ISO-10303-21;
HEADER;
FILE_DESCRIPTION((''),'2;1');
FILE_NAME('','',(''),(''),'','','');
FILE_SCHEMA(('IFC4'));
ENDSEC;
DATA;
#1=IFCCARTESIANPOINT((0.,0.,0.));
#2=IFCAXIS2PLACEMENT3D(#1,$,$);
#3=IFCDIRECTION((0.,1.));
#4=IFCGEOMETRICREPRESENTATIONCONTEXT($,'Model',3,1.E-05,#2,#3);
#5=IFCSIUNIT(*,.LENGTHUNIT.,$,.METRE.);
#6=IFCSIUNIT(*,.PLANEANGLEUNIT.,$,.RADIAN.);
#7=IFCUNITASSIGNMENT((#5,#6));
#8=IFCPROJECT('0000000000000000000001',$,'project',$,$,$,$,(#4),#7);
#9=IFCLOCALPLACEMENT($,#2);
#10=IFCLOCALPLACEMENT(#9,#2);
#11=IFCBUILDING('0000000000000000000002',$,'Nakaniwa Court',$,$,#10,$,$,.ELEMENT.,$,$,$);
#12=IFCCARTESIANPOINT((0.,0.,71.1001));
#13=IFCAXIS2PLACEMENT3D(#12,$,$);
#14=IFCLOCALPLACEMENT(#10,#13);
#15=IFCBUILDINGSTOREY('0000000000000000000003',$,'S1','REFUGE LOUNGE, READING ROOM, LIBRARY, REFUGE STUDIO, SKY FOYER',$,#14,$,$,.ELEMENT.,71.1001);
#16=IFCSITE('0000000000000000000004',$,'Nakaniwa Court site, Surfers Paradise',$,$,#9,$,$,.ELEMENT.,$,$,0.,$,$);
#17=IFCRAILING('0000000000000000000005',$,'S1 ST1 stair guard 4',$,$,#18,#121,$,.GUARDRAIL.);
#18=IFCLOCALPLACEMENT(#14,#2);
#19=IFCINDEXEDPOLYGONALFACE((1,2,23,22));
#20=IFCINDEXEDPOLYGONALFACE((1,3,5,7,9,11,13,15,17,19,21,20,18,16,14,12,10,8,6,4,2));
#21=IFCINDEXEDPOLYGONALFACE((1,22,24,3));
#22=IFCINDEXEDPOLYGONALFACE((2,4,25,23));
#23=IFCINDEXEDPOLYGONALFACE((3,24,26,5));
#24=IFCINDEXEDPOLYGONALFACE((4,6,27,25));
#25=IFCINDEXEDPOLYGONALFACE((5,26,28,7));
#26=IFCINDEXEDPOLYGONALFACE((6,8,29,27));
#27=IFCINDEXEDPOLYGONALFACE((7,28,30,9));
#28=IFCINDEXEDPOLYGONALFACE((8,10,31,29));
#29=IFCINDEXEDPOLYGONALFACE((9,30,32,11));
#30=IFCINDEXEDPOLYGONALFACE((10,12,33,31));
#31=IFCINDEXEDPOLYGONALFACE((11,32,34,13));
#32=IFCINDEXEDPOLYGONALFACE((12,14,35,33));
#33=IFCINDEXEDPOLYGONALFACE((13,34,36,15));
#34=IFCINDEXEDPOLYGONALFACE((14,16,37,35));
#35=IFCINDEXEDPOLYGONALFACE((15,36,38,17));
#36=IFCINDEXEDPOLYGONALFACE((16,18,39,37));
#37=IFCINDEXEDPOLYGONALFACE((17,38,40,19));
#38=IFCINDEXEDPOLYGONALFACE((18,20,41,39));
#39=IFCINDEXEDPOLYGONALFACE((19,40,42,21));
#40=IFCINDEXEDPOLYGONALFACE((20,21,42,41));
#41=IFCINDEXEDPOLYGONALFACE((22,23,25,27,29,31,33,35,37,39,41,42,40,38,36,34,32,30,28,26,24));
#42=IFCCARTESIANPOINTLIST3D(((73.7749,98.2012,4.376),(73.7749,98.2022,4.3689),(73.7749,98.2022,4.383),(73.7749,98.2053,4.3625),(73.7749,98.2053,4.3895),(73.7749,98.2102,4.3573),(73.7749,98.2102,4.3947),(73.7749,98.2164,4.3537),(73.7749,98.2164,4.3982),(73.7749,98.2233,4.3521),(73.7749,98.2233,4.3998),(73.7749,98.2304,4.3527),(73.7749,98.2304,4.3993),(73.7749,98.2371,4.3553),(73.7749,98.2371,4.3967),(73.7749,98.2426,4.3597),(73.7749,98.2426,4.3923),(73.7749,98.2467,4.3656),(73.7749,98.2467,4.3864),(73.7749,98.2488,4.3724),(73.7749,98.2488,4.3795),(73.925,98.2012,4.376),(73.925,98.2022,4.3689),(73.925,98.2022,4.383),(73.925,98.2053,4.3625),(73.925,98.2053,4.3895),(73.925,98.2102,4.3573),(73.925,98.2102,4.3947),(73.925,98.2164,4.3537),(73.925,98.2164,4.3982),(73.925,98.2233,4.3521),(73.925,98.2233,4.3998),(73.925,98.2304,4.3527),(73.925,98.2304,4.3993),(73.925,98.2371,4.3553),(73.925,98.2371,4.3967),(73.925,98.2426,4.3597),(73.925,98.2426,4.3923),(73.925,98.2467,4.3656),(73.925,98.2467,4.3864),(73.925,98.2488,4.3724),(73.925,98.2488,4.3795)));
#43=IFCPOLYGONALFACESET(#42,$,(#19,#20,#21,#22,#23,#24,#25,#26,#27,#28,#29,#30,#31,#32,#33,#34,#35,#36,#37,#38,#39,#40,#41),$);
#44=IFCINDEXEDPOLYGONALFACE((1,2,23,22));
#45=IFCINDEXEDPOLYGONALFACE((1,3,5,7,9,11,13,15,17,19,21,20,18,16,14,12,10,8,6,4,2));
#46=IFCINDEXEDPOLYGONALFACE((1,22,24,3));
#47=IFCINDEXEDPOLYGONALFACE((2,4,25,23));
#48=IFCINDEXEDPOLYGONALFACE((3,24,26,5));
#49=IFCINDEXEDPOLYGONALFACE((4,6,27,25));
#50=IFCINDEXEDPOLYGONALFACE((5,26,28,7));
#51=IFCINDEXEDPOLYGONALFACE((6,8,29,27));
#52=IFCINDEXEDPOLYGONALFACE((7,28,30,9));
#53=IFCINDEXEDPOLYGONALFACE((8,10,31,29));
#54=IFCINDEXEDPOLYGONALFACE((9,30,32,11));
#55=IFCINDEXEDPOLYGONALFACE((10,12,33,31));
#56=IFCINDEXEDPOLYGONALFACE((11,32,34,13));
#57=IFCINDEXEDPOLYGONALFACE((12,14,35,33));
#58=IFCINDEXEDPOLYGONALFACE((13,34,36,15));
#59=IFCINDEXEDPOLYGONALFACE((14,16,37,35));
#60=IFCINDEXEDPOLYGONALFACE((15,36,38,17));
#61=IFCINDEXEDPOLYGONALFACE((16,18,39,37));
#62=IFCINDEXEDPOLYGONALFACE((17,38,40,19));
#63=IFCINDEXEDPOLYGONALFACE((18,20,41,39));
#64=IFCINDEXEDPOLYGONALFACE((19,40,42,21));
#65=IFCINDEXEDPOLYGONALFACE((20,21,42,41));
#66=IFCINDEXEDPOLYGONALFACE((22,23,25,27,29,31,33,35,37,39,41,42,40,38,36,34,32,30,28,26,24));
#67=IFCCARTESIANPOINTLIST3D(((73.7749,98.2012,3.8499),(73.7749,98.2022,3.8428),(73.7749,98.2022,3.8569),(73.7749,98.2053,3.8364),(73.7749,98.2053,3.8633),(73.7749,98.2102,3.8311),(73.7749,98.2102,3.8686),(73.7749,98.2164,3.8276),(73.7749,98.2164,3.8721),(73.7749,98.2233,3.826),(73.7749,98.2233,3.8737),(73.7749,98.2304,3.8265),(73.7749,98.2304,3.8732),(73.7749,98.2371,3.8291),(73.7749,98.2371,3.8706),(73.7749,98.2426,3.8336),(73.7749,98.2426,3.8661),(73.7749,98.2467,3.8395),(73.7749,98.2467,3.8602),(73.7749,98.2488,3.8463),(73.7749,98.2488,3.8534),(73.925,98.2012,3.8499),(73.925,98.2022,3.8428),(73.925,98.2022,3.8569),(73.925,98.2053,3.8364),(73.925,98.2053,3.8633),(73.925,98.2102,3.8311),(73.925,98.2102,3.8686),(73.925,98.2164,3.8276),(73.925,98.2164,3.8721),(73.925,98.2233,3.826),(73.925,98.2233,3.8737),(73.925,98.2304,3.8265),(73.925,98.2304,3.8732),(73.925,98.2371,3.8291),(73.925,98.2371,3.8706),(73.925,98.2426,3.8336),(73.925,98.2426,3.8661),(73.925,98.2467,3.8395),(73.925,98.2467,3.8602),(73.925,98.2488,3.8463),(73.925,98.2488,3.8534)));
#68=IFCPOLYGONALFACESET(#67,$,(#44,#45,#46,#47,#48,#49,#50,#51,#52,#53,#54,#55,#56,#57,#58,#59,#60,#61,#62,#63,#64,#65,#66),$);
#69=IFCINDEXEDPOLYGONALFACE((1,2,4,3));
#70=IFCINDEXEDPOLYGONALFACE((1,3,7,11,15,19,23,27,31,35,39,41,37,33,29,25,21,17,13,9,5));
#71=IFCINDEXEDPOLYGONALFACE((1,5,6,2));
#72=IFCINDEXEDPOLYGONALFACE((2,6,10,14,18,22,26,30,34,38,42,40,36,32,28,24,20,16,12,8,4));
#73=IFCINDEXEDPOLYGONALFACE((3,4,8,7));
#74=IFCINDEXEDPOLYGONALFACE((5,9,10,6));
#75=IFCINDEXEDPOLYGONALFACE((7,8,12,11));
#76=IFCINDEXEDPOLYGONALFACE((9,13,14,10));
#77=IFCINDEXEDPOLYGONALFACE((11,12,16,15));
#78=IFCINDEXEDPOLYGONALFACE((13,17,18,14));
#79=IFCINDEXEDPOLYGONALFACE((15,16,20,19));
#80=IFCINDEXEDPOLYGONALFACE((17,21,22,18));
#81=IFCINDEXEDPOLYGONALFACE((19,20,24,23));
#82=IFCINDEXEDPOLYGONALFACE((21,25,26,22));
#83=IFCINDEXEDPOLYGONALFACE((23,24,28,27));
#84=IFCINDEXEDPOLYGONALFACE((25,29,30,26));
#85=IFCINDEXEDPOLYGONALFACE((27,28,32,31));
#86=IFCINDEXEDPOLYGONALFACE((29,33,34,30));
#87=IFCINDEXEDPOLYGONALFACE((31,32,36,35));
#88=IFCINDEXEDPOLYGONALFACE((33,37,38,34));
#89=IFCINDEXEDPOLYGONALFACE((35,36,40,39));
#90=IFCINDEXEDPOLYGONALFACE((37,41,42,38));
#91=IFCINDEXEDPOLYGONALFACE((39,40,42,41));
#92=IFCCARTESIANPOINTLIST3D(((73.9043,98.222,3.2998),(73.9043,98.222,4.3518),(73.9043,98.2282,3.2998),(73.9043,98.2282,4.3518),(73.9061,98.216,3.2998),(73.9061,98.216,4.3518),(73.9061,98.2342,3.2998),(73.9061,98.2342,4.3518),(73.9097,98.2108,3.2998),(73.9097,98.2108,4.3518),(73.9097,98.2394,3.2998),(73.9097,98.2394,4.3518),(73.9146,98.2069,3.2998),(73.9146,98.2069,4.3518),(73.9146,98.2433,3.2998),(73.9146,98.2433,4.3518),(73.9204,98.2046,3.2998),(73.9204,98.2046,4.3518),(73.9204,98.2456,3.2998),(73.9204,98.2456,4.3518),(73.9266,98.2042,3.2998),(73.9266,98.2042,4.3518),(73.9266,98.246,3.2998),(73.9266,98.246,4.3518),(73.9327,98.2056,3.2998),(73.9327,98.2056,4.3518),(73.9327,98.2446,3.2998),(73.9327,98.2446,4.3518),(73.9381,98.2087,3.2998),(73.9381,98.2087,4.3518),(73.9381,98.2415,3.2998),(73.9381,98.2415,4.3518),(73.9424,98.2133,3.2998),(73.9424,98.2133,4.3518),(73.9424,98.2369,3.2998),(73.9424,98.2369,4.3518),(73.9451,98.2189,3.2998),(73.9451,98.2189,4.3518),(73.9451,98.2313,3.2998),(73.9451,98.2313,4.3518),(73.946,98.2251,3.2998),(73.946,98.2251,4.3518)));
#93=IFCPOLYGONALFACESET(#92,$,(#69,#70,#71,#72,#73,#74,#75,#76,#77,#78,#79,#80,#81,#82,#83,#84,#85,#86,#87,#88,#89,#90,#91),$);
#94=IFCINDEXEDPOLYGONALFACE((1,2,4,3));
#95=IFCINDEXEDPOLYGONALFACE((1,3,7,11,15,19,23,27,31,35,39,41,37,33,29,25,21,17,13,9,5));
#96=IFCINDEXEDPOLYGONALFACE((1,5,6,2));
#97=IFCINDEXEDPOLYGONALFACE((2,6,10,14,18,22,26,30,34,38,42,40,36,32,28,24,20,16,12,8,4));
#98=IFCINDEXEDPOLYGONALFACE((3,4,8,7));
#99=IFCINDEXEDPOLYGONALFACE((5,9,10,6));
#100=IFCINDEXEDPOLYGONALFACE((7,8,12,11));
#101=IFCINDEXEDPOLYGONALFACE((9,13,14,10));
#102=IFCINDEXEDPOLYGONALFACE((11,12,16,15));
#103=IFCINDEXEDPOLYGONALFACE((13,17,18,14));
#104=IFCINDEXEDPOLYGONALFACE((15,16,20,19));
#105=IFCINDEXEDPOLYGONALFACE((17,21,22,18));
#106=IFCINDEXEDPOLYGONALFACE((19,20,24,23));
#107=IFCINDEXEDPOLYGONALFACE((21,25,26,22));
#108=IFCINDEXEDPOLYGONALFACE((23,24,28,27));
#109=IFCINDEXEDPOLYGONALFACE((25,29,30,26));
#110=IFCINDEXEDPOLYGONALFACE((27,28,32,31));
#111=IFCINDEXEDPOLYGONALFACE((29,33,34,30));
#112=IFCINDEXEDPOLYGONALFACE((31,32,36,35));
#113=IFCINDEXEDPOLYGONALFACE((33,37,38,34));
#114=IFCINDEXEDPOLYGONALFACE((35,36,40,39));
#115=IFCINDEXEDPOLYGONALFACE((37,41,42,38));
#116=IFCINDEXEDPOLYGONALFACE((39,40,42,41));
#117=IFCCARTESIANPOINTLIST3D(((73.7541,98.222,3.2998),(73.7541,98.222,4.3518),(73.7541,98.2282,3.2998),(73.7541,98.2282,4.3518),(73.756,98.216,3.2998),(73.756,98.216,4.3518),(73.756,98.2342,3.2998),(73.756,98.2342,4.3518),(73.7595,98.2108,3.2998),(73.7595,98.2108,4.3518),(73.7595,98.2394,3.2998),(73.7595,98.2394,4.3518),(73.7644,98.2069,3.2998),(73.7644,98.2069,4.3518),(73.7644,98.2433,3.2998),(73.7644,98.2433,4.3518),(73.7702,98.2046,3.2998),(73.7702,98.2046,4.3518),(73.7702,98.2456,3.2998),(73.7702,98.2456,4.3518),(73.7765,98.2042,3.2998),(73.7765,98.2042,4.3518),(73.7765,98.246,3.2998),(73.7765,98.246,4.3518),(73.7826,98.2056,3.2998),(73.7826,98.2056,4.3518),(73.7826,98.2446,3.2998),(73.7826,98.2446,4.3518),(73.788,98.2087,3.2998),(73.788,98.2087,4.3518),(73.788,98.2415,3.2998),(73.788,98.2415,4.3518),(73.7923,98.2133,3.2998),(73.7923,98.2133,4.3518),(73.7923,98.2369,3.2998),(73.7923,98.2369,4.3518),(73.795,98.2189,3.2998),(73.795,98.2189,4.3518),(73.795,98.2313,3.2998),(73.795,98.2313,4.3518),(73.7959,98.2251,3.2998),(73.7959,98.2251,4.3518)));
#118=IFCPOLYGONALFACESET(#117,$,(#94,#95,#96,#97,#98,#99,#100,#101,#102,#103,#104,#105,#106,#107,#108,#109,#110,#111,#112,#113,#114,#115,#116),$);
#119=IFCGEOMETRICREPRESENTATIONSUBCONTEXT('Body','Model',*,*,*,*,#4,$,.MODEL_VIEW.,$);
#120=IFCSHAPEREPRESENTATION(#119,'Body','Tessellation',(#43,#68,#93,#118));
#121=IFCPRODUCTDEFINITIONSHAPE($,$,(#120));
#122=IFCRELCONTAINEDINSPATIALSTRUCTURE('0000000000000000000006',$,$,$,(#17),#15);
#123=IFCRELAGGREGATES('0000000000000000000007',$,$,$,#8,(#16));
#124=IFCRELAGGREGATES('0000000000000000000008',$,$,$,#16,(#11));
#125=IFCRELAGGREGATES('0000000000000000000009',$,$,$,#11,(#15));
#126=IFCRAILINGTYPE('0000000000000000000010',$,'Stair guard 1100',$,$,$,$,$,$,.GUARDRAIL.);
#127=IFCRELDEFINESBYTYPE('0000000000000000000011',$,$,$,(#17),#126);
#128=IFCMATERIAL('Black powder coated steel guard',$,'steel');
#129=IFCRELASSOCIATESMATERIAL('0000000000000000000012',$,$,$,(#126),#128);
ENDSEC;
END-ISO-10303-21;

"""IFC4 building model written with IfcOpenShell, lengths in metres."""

from ifc_helpers import new_model, si_unit, direction, frame, origin, origin_2d, place, context, subcontext, project, spatial, circle, extrude, material, type_object, element, save


model = new_model("IFC4")

# Units and contexts
model_context = context("Model", 3, precision=1e-05, world=origin(), true_north=direction((0.0, 1.0)))
body_context = subcontext(model_context, "Body", "Model", "MODEL_VIEW")
ifc_project = project(units=[si_unit("LENGTHUNIT", "METRE"), si_unit("PLANEANGLEUNIT", "RADIAN")], contexts=[model_context])

# Site, building, storey
site_placement = place(None, origin())
site = spatial("IfcSite", under=ifc_project, at=site_placement, Name="Nakaniwa Court site, Surfers Paradise", CompositionType="ELEMENT", RefElevation=0.0)
building_placement = place(site_placement, origin())
building = spatial("IfcBuilding", under=site, at=building_placement, Name="Nakaniwa Court", CompositionType="ELEMENT")
storey_placement = place(building_placement, frame((0.0, 0.0, 71.1001)))
storey = spatial("IfcBuildingStorey", under=building, at=storey_placement, Name="S1", Description="REFUGE LOUNGE, READING ROOM, LIBRARY, REFUGE STUDIO, SKY FOYER", CompositionType="ELEMENT", Elevation=71.1001)

# Railing
ifc_material_1 = material(Name="Black powder coated steel guard", Category="steel")
railing_type = type_object("IfcRailingType", Name="Stair guard 1100", PredefinedType="GUARDRAIL", material=ifc_material_1)
railing_1_placement = place(storey_placement, frame((73.925, 98.2251, 3.2998)))
element("IfcRailing", 1, at=railing_1_placement, inside=storey, type_object=railing_type, Name="S1 ST1 stair guard 4", PredefinedType="GUARDRAIL", context=body_context, shape_type="SweptSolid", body=[
    extrude(circle(Radius=0.0239, at=origin_2d()), frame((0.0, 0.0, 1.0762), z_axis=(-1.0, 0.0, 0.0), x_axis=(0.0, -1.0, 0.0)), (0.0, 0.0, 1.0), 0.1501),
    extrude(circle(Radius=0.0239, at=origin_2d()), frame((0.0, 0.0, 0.55), z_axis=(-1.0, 0.0, 0.0), x_axis=(0.0, -1.0, 0.0)), (0.0, 0.0, 1.0), 0.1501),
    extrude(circle(Radius=0.021, at=origin_2d()), origin(), (0.0, 0.0, 1.0), 1.052),
    extrude(circle(Radius=0.021, at=origin_2d()), frame((-0.1501, 0.0, 0.0)), (0.0, 0.0, 1.0), 1.052),
])

save(model, "model.ifc")
